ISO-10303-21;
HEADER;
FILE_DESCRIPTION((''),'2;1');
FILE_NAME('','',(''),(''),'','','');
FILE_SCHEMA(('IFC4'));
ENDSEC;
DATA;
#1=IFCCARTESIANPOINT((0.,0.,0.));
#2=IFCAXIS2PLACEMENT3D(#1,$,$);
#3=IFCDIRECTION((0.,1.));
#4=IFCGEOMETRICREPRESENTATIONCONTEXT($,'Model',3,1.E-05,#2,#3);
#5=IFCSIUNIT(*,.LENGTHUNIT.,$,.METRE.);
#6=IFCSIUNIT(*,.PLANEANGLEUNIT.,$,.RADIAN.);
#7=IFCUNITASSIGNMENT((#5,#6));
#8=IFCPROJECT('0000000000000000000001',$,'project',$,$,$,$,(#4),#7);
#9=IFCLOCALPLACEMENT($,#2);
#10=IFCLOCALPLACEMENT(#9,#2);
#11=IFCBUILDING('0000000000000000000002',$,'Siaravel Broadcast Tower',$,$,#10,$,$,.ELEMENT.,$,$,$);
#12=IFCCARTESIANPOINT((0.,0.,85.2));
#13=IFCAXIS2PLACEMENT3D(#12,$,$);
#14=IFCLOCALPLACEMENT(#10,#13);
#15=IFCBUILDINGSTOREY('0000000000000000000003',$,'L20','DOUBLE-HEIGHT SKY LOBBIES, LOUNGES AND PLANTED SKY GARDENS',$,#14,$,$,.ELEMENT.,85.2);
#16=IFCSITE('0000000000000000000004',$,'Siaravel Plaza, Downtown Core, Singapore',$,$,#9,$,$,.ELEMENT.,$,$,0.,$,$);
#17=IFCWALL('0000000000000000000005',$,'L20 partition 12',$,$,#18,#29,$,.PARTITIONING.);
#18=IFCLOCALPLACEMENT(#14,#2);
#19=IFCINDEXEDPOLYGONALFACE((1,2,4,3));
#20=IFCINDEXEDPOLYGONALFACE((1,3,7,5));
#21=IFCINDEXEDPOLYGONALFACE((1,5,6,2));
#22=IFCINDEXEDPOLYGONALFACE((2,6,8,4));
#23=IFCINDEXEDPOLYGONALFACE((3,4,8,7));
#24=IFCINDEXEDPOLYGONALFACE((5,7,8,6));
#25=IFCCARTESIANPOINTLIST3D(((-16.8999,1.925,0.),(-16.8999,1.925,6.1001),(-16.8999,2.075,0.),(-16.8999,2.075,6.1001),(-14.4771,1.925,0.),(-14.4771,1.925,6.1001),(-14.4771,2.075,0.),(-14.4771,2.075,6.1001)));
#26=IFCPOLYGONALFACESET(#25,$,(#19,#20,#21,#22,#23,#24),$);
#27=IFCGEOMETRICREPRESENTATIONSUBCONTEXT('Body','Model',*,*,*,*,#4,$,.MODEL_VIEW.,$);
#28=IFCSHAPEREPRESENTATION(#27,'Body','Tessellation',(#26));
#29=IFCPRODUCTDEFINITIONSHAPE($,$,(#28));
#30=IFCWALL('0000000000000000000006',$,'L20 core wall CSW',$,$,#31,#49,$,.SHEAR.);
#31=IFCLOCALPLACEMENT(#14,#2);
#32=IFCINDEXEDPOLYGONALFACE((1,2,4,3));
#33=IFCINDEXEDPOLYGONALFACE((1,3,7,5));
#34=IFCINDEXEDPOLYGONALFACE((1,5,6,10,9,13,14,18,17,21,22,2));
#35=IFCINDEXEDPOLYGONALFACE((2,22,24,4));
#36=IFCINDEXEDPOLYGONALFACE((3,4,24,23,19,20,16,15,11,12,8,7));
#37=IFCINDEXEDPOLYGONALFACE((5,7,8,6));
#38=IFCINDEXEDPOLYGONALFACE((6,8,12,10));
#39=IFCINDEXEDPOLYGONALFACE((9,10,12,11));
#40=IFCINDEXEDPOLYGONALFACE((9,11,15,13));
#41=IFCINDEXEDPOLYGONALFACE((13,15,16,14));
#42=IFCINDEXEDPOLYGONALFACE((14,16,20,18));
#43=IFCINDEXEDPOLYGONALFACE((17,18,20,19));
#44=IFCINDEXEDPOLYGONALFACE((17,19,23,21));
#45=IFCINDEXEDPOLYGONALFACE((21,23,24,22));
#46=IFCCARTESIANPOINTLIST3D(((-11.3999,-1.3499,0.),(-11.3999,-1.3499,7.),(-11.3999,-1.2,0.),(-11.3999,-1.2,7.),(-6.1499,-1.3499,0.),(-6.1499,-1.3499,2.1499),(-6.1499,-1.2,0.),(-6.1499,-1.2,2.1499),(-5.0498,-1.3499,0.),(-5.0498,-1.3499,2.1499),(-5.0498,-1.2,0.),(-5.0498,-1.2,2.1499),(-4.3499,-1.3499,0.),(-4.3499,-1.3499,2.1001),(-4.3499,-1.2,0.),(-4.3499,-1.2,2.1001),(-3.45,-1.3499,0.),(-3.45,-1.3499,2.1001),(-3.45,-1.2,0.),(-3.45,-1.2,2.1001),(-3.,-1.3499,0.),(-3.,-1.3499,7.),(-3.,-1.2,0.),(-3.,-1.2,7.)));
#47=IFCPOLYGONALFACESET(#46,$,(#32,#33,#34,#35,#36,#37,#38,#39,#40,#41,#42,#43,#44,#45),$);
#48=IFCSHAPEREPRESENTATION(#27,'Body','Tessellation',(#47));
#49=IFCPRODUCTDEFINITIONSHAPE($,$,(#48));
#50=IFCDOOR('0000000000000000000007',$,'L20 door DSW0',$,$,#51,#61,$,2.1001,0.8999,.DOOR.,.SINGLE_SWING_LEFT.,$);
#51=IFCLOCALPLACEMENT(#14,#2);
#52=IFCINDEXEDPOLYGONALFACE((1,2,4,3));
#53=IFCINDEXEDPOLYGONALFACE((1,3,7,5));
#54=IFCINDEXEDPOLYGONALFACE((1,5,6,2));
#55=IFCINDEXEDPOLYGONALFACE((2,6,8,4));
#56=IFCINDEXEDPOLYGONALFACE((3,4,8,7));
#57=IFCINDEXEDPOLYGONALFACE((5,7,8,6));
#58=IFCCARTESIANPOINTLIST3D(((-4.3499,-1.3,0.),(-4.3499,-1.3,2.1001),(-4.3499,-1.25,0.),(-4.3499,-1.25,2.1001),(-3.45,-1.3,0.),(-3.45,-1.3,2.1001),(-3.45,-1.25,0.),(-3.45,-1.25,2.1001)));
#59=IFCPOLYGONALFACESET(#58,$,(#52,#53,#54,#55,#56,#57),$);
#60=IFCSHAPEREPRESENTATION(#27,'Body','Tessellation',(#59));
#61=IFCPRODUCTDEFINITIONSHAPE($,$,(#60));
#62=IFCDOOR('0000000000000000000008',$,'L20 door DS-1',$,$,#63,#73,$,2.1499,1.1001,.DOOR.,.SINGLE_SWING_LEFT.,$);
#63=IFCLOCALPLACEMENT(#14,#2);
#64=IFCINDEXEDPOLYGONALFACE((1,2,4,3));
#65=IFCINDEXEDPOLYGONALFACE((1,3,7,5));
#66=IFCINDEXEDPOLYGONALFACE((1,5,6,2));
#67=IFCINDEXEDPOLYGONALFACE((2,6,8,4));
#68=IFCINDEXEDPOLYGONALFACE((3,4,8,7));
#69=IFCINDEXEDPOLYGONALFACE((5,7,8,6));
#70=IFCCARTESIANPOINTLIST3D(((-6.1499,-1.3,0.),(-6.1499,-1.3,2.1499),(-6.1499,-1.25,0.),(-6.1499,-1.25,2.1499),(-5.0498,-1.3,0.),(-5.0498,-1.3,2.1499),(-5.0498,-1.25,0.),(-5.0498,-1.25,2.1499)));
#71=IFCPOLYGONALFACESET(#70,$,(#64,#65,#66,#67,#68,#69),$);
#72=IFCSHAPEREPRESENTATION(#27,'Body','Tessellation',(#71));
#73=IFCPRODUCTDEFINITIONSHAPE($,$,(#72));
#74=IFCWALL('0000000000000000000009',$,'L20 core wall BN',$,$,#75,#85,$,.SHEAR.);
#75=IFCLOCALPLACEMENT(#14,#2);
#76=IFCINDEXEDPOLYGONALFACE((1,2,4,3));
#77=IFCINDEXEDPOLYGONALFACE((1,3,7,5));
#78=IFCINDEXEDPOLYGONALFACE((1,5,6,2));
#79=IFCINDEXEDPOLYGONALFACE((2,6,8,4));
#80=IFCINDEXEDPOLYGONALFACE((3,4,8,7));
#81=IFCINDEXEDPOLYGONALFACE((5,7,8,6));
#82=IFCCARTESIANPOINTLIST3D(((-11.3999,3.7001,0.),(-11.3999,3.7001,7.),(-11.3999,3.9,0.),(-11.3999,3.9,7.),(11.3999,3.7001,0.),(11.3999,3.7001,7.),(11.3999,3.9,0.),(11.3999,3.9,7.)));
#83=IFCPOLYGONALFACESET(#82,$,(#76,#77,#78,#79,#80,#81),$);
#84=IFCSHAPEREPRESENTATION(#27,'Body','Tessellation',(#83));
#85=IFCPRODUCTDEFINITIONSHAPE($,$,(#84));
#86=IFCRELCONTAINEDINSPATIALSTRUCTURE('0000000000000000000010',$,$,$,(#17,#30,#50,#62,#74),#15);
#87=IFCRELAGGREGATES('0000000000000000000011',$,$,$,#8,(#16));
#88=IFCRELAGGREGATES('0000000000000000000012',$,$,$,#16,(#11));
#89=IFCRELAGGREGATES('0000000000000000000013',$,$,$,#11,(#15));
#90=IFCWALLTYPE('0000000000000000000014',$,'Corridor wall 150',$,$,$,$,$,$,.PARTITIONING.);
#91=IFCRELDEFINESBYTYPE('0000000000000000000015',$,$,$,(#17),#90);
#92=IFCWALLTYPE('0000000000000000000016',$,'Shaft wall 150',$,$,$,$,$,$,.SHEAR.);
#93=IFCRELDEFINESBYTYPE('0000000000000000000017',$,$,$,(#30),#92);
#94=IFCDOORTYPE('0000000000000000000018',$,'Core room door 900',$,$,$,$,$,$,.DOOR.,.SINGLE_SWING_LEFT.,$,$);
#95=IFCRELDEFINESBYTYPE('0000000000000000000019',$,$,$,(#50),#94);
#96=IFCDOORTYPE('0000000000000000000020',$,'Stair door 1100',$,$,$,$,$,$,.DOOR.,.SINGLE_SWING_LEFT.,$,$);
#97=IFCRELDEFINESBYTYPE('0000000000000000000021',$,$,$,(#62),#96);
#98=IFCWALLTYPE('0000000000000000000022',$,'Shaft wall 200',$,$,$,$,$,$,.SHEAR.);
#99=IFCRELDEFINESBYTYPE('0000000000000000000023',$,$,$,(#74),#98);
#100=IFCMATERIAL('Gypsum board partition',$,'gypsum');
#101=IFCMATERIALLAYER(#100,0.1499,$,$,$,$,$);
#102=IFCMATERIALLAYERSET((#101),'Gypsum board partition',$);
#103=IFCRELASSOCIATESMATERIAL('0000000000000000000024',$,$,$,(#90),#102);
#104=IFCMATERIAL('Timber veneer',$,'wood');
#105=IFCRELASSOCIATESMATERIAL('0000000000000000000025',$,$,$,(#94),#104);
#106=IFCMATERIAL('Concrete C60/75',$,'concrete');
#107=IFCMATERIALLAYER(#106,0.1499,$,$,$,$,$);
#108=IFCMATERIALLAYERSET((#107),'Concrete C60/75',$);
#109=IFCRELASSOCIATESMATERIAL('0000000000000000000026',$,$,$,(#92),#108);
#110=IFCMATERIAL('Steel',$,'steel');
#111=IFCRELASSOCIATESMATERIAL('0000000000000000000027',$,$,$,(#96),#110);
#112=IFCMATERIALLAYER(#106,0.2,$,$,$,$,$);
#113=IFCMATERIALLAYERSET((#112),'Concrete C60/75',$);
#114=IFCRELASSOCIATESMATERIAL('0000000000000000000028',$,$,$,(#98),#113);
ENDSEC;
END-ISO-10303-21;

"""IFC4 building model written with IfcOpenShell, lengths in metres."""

from ifc_helpers import new_model, si_unit, direction, frame, frame_2d, origin, place, context, subcontext, project, spatial, rectangle, extrude, material, layer, layer_set, type_object, element, fill, save


model = new_model("IFC4")

# Units and contexts
model_context = context("Model", 3, precision=1e-05, world=origin(), true_north=direction((0.0, 1.0)))
body_context = subcontext(model_context, "Body", "Model", "MODEL_VIEW")
ifc_project = project(units=[si_unit("LENGTHUNIT", "METRE"), si_unit("PLANEANGLEUNIT", "RADIAN")], contexts=[model_context])

# Site, building, storey
site_placement = place(None, origin())
site = spatial("IfcSite", under=ifc_project, at=site_placement, Name="Siaravel Plaza, Downtown Core, Singapore", CompositionType="ELEMENT", RefElevation=0.0)
building_placement = place(site_placement, origin())
building = spatial("IfcBuilding", under=site, at=building_placement, Name="Siaravel Broadcast Tower", CompositionType="ELEMENT")
storey_placement = place(building_placement, frame((0.0, 0.0, 85.2)))
storey = spatial("IfcBuildingStorey", under=building, at=storey_placement, Name="L20", Description="DOUBLE-HEIGHT SKY LOBBIES, LOUNGES AND PLANTED SKY GARDENS", CompositionType="ELEMENT", Elevation=85.2)

# Shared definitions
ifc_material_1 = material(Name="Gypsum board partition", Category="gypsum")
ifc_layer_1 = layer(ifc_material_1, 0.1499)
ifc_layer_set_1 = layer_set([ifc_layer_1], Name="Gypsum board partition")
wall_type_1 = type_object("IfcWallType", Name="Corridor wall 150", PredefinedType="PARTITIONING", material=ifc_layer_set_1)
ifc_material_2 = material(Name="Timber veneer", Category="wood")
door_type_1 = type_object("IfcDoorType", Name="Core room door 900", OperationType="SINGLE_SWING_LEFT", PredefinedType="DOOR", material=ifc_material_2)

# Wall
wall_1_placement = place(storey_placement, frame((-16.8999, 2.0, 0.0), z_axis=(0.0, 0.0, 1.0), x_axis=(1.0, 0.0, 0.0)))
element("IfcWall", 1, at=wall_1_placement, inside=storey, type_object=wall_type_1, Name="L20 partition 12", PredefinedType="PARTITIONING", context=body_context, shape_type="SweptSolid", body=[
    extrude(rectangle(XDim=2.4229, YDim=0.1499, at=frame_2d((1.2114, 0.0))), origin(), (0.0, 0.0, 1.0), 6.1001),
])

# Wall, openings, doors
ifc_material_3 = material(Name="Concrete C60/75", Category="concrete")
ifc_layer_2 = layer(ifc_material_3, 0.1499)
ifc_layer_set_2 = layer_set([ifc_layer_2], Name="Concrete C60/75")
wall_type_2 = type_object("IfcWallType", Name="Shaft wall 150", PredefinedType="SHEAR", material=ifc_layer_set_2)
wall_2_placement = place(storey_placement, frame((-11.3999, -1.2749, 0.0), z_axis=(0.0, 0.0, 1.0), x_axis=(1.0, 0.0, 0.0)))
wall_2 = element("IfcWall", 2, at=wall_2_placement, inside=storey, type_object=wall_type_2, Name="L20 core wall CSW", PredefinedType="SHEAR", context=body_context, shape_type="SweptSolid", body=[
    extrude(rectangle(XDim=8.3999, YDim=0.1499, at=frame_2d((4.2, 0.0))), origin(), (0.0, 0.0, 1.0), 7.0),
])
opening_1_placement = place(wall_2_placement, frame((5.25, 0.0, 0.0)))
opening_1 = element("IfcOpeningElement", 3, at=opening_1_placement, cuts=wall_2, PredefinedType="OPENING", context=body_context, shape_type="SweptSolid", body=[
    extrude(rectangle(XDim=1.1001, YDim=2.1499, at=frame_2d((0.55, 1.075))), frame((0.0, 0.085, 0.0), z_axis=(0.0, -1.0, 0.0), x_axis=(1.0, 0.0, 0.0)), (0.0, 0.0, 1.0), 0.1699),
])
opening_2_placement = place(wall_2_placement, frame((7.05, 0.0, 0.0)))
opening_2 = element("IfcOpeningElement", 4, at=opening_2_placement, cuts=wall_2, PredefinedType="OPENING", context=body_context, shape_type="SweptSolid", body=[
    extrude(rectangle(XDim=0.8999, YDim=2.1001, at=frame_2d((0.45, 1.05))), frame((0.0, 0.085, 0.0), z_axis=(0.0, -1.0, 0.0), x_axis=(1.0, 0.0, 0.0)), (0.0, 0.0, 1.0), 0.1699),
])
door_1_placement = place(opening_2_placement, origin())
door_1 = element("IfcDoor", 5, at=door_1_placement, inside=storey, type_object=door_type_1, Name="L20 door DSW0", OperationType="SINGLE_SWING_LEFT", OverallHeight=2.1001, OverallWidth=0.8999, PredefinedType="DOOR", context=body_context, shape_type="SweptSolid", body=[
    extrude(rectangle(XDim=0.8999, YDim=2.1001, at=frame_2d((0.45, 1.05))), frame((0.0, 0.0249, 0.0), z_axis=(0.0, -1.0, 0.0), x_axis=(1.0, 0.0, 0.0)), (0.0, 0.0, 1.0), 0.05),
])
fill(opening_2, door_1)
ifc_material_4 = material(Name="Steel", Category="steel")
door_type_2 = type_object("IfcDoorType", Name="Stair door 1100", OperationType="SINGLE_SWING_LEFT", PredefinedType="DOOR", material=ifc_material_4)
door_2_placement = place(opening_1_placement, origin())
door_2 = element("IfcDoor", 6, at=door_2_placement, inside=storey, type_object=door_type_2, Name="L20 door DS-1", OperationType="SINGLE_SWING_LEFT", OverallHeight=2.1499, OverallWidth=1.1001, PredefinedType="DOOR", context=body_context, shape_type="SweptSolid", body=[
    extrude(rectangle(XDim=1.1001, YDim=2.1499, at=frame_2d((0.55, 1.075))), frame((0.0, 0.0249, 0.0), z_axis=(0.0, -1.0, 0.0), x_axis=(1.0, 0.0, 0.0)), (0.0, 0.0, 1.0), 0.05),
])
fill(opening_1, door_2)

# Wall
ifc_layer_3 = layer(ifc_material_3, 0.2)
ifc_layer_set_3 = layer_set([ifc_layer_3], Name="Concrete C60/75")
wall_type_3 = type_object("IfcWallType", Name="Shaft wall 200", PredefinedType="SHEAR", material=ifc_layer_set_3)
wall_3_placement = place(storey_placement, frame((-11.3999, 3.8, 0.0), z_axis=(0.0, 0.0, 1.0), x_axis=(1.0, 0.0, 0.0)))
element("IfcWall", 7, at=wall_3_placement, inside=storey, type_object=wall_type_3, Name="L20 core wall BN", PredefinedType="SHEAR", context=body_context, shape_type="SweptSolid", body=[
    extrude(rectangle(XDim=22.7998, YDim=0.2, at=frame_2d((11.3999, 0.0))), origin(), (0.0, 0.0, 1.0), 7.0),
])

save(model, "model.ifc")
